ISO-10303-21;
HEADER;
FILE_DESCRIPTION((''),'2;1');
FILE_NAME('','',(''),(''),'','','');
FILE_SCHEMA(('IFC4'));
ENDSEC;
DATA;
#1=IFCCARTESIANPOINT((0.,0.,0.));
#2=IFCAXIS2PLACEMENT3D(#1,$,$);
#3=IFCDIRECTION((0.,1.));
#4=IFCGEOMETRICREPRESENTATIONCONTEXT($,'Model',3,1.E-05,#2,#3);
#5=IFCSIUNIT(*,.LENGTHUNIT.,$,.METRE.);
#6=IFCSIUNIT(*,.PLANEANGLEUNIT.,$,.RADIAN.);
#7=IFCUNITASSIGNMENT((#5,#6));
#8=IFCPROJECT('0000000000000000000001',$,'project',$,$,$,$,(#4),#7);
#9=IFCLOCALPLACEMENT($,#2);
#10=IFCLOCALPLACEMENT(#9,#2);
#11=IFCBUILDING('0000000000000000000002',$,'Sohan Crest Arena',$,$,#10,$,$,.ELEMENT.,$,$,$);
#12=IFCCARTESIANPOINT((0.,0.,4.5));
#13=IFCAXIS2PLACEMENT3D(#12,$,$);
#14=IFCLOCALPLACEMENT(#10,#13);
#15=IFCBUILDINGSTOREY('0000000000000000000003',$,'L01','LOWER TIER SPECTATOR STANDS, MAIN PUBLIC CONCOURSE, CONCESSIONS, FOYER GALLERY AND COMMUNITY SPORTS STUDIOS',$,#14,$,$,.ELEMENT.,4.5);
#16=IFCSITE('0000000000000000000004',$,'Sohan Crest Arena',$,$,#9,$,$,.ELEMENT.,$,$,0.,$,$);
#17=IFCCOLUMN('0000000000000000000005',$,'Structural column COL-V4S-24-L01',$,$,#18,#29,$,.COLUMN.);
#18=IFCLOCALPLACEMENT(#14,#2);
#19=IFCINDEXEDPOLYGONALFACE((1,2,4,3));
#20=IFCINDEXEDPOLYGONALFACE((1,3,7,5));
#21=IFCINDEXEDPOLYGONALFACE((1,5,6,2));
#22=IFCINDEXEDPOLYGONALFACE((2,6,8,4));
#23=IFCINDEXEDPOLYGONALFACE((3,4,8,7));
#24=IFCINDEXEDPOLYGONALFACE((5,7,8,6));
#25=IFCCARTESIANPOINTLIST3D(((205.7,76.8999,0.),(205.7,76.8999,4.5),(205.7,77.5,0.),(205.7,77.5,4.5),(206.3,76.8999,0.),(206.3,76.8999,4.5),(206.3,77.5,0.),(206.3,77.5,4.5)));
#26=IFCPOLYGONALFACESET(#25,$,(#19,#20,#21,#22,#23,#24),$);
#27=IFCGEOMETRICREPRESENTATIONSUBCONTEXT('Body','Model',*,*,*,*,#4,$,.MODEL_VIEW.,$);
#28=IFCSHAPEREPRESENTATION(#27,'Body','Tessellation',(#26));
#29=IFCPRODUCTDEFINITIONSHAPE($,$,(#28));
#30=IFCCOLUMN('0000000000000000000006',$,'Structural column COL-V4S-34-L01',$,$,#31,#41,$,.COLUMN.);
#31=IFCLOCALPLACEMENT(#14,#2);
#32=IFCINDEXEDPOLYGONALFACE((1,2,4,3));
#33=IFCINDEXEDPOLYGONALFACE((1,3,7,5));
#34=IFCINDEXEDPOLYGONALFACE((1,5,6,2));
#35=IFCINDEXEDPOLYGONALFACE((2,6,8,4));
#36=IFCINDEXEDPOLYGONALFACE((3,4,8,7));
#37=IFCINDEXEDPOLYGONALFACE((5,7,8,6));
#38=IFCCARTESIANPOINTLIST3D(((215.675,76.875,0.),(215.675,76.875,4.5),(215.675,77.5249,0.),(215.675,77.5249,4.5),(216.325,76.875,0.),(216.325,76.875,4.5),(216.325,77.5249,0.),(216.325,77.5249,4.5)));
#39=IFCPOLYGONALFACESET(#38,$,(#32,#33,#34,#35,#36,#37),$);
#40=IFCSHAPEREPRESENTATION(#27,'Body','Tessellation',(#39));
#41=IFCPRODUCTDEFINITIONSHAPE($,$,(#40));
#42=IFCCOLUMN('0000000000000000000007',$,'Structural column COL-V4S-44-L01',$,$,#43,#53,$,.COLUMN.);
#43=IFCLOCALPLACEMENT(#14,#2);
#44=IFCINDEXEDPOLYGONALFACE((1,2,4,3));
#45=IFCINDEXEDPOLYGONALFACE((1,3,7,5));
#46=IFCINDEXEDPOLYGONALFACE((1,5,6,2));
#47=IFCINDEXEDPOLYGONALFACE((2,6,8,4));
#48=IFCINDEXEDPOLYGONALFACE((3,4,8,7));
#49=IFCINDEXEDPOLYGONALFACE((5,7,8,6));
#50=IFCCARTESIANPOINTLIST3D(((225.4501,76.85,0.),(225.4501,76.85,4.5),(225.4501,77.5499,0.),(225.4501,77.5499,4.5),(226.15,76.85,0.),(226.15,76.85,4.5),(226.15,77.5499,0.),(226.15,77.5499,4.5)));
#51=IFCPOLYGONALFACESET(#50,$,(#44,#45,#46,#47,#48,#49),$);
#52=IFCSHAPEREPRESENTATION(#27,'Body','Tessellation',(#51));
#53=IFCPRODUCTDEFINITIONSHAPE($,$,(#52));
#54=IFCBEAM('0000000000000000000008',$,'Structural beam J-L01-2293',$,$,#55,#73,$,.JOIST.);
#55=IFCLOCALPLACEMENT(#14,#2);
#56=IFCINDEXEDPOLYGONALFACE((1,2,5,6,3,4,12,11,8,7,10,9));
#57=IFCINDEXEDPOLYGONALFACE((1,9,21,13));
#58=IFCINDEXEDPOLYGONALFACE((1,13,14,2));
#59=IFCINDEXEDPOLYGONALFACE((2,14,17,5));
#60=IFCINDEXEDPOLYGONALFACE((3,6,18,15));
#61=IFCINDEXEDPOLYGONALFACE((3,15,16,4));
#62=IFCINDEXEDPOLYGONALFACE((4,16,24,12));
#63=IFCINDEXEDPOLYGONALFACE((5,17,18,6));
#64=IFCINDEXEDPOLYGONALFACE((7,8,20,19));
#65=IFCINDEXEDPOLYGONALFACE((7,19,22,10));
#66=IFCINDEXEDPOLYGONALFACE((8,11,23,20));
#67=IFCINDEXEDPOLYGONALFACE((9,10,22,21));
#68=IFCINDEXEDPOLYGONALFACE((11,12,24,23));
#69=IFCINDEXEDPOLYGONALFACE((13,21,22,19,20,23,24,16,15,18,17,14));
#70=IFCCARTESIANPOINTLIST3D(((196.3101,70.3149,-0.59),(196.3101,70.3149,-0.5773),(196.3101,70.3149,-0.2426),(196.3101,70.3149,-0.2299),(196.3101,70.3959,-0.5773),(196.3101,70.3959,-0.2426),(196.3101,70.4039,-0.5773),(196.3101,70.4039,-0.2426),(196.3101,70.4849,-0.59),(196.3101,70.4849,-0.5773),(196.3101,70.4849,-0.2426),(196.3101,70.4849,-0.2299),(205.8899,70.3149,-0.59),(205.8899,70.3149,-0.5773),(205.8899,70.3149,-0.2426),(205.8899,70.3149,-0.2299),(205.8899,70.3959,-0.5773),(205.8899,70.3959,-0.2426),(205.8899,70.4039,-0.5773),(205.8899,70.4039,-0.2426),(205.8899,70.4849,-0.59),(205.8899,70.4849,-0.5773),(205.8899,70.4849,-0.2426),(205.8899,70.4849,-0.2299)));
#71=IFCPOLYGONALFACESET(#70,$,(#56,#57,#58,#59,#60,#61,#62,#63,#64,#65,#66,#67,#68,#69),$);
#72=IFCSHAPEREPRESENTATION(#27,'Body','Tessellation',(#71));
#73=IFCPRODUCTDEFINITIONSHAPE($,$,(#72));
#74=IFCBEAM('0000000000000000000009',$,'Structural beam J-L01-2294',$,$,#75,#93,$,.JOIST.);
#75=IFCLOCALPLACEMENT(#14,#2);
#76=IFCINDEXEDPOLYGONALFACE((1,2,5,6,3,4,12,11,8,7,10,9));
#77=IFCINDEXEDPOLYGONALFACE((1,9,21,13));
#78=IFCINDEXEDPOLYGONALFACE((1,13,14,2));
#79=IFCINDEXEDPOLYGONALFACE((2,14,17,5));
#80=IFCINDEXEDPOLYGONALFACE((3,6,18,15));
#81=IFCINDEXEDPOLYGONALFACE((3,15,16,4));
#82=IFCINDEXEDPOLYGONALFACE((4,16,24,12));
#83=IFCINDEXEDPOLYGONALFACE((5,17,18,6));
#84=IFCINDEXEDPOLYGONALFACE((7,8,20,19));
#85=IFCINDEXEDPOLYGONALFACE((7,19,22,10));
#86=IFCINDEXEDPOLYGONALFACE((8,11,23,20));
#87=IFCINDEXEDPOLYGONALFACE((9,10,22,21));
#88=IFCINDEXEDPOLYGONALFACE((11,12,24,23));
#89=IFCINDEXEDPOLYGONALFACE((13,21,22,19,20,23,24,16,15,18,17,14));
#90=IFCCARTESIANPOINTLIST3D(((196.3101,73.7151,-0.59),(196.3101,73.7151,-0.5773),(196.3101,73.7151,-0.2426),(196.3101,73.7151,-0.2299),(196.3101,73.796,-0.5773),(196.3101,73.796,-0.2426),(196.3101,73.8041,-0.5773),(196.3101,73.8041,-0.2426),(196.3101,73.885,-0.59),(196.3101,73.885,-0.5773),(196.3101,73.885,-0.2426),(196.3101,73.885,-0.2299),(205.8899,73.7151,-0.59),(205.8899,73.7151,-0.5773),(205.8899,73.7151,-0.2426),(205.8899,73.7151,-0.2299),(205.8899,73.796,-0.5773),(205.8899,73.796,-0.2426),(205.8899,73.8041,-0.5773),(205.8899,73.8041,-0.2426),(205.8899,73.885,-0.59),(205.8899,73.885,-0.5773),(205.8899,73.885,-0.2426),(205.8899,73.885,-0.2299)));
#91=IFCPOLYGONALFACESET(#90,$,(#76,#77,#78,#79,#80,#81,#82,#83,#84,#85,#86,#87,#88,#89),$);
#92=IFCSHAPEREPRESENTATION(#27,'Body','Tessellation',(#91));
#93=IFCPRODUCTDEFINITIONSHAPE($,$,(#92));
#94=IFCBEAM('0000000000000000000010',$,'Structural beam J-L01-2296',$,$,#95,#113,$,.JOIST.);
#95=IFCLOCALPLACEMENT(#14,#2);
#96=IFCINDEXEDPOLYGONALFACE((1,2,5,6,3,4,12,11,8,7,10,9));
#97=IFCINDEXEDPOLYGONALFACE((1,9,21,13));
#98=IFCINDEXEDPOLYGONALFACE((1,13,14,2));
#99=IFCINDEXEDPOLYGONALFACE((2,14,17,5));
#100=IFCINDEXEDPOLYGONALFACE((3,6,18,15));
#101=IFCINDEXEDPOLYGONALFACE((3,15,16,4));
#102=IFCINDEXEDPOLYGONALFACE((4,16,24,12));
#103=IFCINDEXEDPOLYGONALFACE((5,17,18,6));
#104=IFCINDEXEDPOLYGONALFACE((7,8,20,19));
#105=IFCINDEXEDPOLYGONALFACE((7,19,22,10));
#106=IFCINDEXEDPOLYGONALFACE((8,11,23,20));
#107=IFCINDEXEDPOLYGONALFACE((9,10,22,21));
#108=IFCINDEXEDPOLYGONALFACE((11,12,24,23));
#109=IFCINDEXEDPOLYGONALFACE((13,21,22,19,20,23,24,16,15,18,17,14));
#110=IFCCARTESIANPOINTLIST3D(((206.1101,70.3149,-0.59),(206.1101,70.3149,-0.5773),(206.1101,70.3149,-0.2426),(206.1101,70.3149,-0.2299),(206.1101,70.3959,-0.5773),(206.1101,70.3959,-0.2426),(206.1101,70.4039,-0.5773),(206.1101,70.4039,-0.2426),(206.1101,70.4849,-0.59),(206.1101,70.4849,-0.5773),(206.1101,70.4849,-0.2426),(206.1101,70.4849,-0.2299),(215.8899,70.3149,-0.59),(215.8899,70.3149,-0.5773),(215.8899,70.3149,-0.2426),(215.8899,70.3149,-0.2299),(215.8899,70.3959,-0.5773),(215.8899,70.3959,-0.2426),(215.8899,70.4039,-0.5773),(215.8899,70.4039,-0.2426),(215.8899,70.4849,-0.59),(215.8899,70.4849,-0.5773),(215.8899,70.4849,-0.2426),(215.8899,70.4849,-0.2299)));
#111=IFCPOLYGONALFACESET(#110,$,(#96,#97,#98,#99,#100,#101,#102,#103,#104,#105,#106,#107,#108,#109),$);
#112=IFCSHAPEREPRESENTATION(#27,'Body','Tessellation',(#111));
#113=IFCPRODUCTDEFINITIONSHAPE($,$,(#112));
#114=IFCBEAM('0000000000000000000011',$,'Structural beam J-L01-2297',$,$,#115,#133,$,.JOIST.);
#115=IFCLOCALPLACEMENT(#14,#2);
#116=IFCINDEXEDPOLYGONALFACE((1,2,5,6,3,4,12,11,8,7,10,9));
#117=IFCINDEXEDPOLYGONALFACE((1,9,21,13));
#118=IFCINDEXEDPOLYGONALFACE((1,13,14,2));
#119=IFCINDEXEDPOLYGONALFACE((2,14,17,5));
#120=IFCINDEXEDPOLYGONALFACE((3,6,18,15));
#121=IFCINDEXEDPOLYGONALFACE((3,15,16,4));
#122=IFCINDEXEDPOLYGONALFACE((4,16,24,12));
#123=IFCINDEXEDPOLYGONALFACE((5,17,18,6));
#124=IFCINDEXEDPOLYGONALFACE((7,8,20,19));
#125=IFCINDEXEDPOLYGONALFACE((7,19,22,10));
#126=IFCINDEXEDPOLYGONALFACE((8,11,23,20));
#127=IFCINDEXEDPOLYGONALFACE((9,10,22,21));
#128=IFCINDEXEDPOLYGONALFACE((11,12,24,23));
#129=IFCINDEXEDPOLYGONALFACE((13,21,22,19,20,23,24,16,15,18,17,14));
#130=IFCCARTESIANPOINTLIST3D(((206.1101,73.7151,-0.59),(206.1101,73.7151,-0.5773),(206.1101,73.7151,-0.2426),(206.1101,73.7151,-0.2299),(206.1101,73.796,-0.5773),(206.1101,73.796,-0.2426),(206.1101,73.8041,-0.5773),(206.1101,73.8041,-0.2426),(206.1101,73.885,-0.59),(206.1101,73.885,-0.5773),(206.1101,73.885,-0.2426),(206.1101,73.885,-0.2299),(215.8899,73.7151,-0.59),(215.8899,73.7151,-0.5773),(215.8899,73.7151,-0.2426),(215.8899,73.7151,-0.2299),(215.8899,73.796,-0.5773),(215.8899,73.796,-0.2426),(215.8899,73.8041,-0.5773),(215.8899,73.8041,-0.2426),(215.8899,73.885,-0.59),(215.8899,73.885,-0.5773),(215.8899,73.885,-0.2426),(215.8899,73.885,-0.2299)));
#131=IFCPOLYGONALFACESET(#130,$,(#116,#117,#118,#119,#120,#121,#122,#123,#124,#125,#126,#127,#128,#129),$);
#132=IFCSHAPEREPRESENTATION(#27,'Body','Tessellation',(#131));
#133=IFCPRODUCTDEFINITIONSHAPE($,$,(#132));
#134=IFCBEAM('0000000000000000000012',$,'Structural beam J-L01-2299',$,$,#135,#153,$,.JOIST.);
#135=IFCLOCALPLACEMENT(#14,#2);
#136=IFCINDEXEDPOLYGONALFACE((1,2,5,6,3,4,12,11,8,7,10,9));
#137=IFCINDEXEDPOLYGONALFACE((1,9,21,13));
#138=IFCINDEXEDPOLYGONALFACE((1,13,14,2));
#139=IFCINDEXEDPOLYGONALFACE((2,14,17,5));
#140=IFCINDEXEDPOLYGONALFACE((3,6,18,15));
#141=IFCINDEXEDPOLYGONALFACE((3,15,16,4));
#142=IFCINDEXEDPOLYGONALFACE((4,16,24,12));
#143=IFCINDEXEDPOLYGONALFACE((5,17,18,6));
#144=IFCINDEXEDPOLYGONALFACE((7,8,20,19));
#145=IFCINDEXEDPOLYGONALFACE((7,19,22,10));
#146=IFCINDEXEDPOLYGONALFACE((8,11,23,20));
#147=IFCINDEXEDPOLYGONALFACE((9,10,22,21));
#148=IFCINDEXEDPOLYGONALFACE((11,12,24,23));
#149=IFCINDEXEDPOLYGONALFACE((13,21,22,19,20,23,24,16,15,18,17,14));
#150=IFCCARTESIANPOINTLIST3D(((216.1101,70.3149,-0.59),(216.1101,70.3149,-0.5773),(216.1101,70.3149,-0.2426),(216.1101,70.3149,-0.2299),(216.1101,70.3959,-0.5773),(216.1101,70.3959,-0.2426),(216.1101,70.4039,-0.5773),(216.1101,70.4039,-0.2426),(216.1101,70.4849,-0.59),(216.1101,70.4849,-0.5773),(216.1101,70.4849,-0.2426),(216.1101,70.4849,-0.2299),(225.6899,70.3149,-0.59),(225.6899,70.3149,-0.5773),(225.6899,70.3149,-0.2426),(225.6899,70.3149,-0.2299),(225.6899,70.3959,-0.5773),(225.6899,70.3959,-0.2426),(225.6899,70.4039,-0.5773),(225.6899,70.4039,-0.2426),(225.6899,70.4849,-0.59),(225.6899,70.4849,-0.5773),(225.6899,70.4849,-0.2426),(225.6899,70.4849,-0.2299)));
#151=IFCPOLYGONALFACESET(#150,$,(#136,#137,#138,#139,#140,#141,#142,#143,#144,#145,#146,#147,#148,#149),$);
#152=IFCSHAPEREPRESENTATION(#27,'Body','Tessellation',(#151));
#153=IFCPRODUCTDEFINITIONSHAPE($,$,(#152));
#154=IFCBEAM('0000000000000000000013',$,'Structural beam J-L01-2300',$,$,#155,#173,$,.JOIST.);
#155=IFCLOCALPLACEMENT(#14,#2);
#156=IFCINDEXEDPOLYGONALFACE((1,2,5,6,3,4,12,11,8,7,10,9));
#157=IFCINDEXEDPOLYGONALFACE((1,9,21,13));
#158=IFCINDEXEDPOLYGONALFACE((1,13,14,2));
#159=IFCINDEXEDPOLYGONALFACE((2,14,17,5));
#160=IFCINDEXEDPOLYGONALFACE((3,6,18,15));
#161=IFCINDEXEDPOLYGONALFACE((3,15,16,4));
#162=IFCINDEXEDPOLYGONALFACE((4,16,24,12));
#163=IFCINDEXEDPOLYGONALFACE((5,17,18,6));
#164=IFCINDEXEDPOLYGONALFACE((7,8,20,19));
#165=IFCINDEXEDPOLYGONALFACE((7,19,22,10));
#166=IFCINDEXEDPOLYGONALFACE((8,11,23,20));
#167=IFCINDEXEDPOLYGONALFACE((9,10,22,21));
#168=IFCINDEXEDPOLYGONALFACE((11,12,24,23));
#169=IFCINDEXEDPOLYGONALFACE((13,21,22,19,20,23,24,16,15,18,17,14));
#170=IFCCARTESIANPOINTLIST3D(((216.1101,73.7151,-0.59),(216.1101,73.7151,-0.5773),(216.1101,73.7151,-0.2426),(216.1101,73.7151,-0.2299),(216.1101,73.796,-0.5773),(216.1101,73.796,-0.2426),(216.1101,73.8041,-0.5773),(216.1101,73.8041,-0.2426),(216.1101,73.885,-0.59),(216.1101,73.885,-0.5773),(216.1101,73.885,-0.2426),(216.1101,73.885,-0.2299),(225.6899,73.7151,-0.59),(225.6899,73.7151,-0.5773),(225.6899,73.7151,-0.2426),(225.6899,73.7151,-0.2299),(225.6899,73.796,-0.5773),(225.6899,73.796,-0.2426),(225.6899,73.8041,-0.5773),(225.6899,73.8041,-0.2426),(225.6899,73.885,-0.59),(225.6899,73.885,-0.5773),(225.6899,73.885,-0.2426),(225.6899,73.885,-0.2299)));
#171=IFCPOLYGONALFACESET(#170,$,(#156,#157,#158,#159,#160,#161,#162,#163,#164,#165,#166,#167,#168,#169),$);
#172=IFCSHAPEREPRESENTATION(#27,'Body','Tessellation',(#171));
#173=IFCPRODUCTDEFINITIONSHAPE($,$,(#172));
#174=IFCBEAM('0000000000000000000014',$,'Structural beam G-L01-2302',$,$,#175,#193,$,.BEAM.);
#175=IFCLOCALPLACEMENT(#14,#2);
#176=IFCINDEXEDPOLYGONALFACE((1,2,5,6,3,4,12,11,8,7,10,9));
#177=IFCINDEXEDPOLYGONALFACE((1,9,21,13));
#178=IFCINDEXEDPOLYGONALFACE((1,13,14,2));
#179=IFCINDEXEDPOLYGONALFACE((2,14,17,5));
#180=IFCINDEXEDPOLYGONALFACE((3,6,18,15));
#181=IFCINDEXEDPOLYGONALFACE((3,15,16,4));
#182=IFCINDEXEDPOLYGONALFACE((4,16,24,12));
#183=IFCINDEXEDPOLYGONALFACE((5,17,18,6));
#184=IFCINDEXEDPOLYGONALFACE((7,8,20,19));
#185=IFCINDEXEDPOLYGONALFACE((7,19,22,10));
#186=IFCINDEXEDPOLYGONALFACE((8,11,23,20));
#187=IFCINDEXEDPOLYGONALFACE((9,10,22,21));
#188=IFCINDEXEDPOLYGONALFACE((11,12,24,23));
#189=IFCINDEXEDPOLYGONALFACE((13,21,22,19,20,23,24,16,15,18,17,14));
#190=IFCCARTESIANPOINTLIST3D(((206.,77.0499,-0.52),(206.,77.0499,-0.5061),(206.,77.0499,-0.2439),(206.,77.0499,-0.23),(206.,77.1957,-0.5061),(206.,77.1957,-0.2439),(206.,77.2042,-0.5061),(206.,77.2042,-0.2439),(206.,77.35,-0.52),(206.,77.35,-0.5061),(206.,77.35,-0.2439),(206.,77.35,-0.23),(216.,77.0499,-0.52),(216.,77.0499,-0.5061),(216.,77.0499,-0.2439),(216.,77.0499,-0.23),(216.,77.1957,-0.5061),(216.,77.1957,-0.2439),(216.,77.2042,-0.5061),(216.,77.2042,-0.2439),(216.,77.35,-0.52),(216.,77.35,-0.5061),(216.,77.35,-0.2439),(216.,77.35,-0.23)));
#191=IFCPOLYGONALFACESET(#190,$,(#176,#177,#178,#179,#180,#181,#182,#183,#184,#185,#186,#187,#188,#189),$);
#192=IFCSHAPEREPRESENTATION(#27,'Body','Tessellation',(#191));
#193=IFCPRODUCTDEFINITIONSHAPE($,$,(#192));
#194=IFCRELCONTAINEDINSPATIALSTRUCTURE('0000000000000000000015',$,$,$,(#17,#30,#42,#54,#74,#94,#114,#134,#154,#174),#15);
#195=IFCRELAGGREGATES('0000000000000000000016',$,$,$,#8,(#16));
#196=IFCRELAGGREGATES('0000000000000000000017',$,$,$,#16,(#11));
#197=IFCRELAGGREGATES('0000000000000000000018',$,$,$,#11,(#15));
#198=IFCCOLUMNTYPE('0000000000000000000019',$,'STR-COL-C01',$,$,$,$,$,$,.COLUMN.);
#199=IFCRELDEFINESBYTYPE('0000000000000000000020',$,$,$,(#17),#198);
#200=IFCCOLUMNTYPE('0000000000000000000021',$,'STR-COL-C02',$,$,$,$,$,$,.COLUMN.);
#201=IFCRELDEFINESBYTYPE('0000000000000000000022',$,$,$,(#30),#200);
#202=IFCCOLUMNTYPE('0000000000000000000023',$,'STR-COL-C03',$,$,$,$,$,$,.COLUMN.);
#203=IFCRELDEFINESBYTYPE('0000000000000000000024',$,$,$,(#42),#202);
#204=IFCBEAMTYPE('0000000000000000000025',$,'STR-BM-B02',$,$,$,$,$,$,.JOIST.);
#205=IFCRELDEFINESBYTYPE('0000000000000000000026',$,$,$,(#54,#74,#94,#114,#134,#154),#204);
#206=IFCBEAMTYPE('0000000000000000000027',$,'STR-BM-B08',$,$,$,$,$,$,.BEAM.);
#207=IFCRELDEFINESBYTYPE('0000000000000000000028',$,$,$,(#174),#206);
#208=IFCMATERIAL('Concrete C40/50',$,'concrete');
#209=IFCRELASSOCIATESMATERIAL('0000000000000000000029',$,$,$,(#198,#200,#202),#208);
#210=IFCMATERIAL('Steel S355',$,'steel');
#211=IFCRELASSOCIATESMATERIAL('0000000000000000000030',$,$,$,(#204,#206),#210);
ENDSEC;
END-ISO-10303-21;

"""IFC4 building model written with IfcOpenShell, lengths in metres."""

from ifc_helpers import new_model, si_unit, direction, frame, origin, origin_2d, place, context, subcontext, project, spatial, rectangle, i_section, extrude, material, material_profile, profile_set, type_object, element, save


model = new_model("IFC4")

# Units and contexts
model_context = context("Model", 3, precision=1e-05, world=origin(), true_north=direction((0.0, 1.0)))
body_context = subcontext(model_context, "Body", "Model", "MODEL_VIEW")
ifc_project = project(units=[si_unit("LENGTHUNIT", "METRE"), si_unit("PLANEANGLEUNIT", "RADIAN")], contexts=[model_context])

# Site, building, storey
site_placement = place(None, origin())
site = spatial("IfcSite", under=ifc_project, at=site_placement, Name="Sohan Crest Arena", CompositionType="ELEMENT", RefElevation=0.0)
building_placement = place(site_placement, origin())
building = spatial("IfcBuilding", under=site, at=building_placement, Name="Sohan Crest Arena", CompositionType="ELEMENT")
storey_placement = place(building_placement, frame((0.0, 0.0, 4.5)))
storey = spatial("IfcBuildingStorey", under=building, at=storey_placement, Name="L01", Description="LOWER TIER SPECTATOR STANDS, MAIN PUBLIC CONCOURSE, CONCESSIONS, FOYER GALLERY AND COMMUNITY SPORTS STUDIOS", CompositionType="ELEMENT", Elevation=4.5)

# Columns
ifc_material_1 = material(Name="Concrete C40/50", Category="concrete")
ifc_material_profile_1 = material_profile(ifc_material_1, rectangle(XDim=0.6001, YDim=0.6001, at=origin_2d()), Name="RC 600x600")
ifc_profile_set_1 = profile_set([ifc_material_profile_1], Name="Concrete C40/50")
column_type_1 = type_object("IfcColumnType", Name="STR-COL-C01", PredefinedType="COLUMN", material=ifc_profile_set_1)
column_1_placement = place(storey_placement, frame((206.0, 77.2, 0.0), z_axis=(0.0, 0.0, 1.0), x_axis=(1.0, 0.0, 0.0)))
element("IfcColumn", 1, at=column_1_placement, inside=storey, type_object=column_type_1, Name="Structural column COL-V4S-24-L01", PredefinedType="COLUMN", context=body_context, shape_type="SweptSolid", body=[
    extrude(rectangle(XDim=0.6001, YDim=0.6001, at=origin_2d()), origin(), (0.0, 0.0, 1.0), 4.5),
])
ifc_material_profile_2 = material_profile(ifc_material_1, rectangle(XDim=0.6499, YDim=0.6499, at=origin_2d()), Name="RC 650x650")
ifc_profile_set_2 = profile_set([ifc_material_profile_2], Name="Concrete C40/50")
column_type_2 = type_object("IfcColumnType", Name="STR-COL-C02", PredefinedType="COLUMN", material=ifc_profile_set_2)
column_2_placement = place(storey_placement, frame((216.0, 77.2, 0.0), z_axis=(0.0, 0.0, 1.0), x_axis=(1.0, 0.0, 0.0)))
element("IfcColumn", 2, at=column_2_placement, inside=storey, type_object=column_type_2, Name="Structural column COL-V4S-34-L01", PredefinedType="COLUMN", context=body_context, shape_type="SweptSolid", body=[
    extrude(rectangle(XDim=0.6499, YDim=0.6499, at=origin_2d()), origin(), (0.0, 0.0, 1.0), 4.5),
])
ifc_material_profile_3 = material_profile(ifc_material_1, rectangle(XDim=0.7, YDim=0.7, at=origin_2d()), Name="RC 700x700")
ifc_profile_set_3 = profile_set([ifc_material_profile_3], Name="Concrete C40/50")
column_type_3 = type_object("IfcColumnType", Name="STR-COL-C03", PredefinedType="COLUMN", material=ifc_profile_set_3)
column_3_placement = place(storey_placement, frame((225.8, 77.2, 0.0), z_axis=(0.0, 0.0, 1.0), x_axis=(1.0, 0.0, 0.0)))
element("IfcColumn", 3, at=column_3_placement, inside=storey, type_object=column_type_3, Name="Structural column COL-V4S-44-L01", PredefinedType="COLUMN", context=body_context, shape_type="SweptSolid", body=[
    extrude(rectangle(XDim=0.7, YDim=0.7, at=origin_2d()), origin(), (0.0, 0.0, 1.0), 4.5),
])

# Beams
ifc_material_2 = material(Name="Steel S355", Category="steel")
ifc_material_profile_4 = material_profile(ifc_material_2, i_section(OverallWidth=0.1699, OverallDepth=0.3601, WebThickness=0.0081, FlangeThickness=0.0127, at=origin_2d()), Name="IPE 360")
ifc_profile_set_4 = profile_set([ifc_material_profile_4], Name="Steel S355")
beam_type_1 = type_object("IfcBeamType", Name="STR-BM-B02", PredefinedType="JOIST", material=ifc_profile_set_4)
for number, where, z_axis, x_axis, name in (
    (4, (196.3101, 70.3999, -0.4099), (1.0, 0.0, 0.0), (0.0, 1.0, 0.0), "Structural beam J-L01-2293"),
    (5, (196.3101, 73.8, -0.4099), (1.0, 0.0, 0.0), (0.0, 1.0, 0.0), "Structural beam J-L01-2294"),
):
    element("IfcBeam", number, at=place(storey_placement, frame(where, z_axis=z_axis, x_axis=x_axis)), inside=storey, type_object=beam_type_1, Name=name, PredefinedType="JOIST", context=body_context, shape_type="SweptSolid", body=[
        extrude(i_section(OverallWidth=0.1699, OverallDepth=0.3601, WebThickness=0.0081, FlangeThickness=0.0127, at=origin_2d()), origin(), (0.0, 0.0, 1.0), 9.5798),
    ])
for number, where, z_axis, x_axis, name in (
    (6, (206.1101, 70.3999, -0.4099), (1.0, 0.0, 0.0), (0.0, 1.0, 0.0), "Structural beam J-L01-2296"),
    (7, (206.1101, 73.8, -0.4099), (1.0, 0.0, 0.0), (0.0, 1.0, 0.0), "Structural beam J-L01-2297"),
):
    element("IfcBeam", number, at=place(storey_placement, frame(where, z_axis=z_axis, x_axis=x_axis)), inside=storey, type_object=beam_type_1, Name=name, PredefinedType="JOIST", context=body_context, shape_type="SweptSolid", body=[
        extrude(i_section(OverallWidth=0.1699, OverallDepth=0.3601, WebThickness=0.0081, FlangeThickness=0.0127, at=origin_2d()), origin(), (0.0, 0.0, 1.0), 9.7798),
    ])
for number, where, z_axis, x_axis, name in (
    (8, (216.1101, 70.3999, -0.4099), (1.0, 0.0, 0.0), (0.0, 1.0, 0.0), "Structural beam J-L01-2299"),
    (9, (216.1101, 73.8, -0.4099), (1.0, 0.0, 0.0), (0.0, 1.0, 0.0), "Structural beam J-L01-2300"),
):
    element("IfcBeam", number, at=place(storey_placement, frame(where, z_axis=z_axis, x_axis=x_axis)), inside=storey, type_object=beam_type_1, Name=name, PredefinedType="JOIST", context=body_context, shape_type="SweptSolid", body=[
        extrude(i_section(OverallWidth=0.1699, OverallDepth=0.3601, WebThickness=0.0081, FlangeThickness=0.0127, at=origin_2d()), origin(), (0.0, 0.0, 1.0), 9.5798),
    ])
ifc_material_profile_5 = material_profile(ifc_material_2, i_section(OverallWidth=0.3, OverallDepth=0.29, WebThickness=0.0085, FlangeThickness=0.0139, at=origin_2d()), Name="HEA 300")
ifc_profile_set_5 = profile_set([ifc_material_profile_5], Name="Steel S355")
beam_type_2 = type_object("IfcBeamType", Name="STR-BM-B08", PredefinedType="BEAM", material=ifc_profile_set_5)
beam_1_placement = place(storey_placement, frame((206.0, 77.2, -0.375), z_axis=(1.0, 0.0, 0.0), x_axis=(0.0, 1.0, 0.0)))
element("IfcBeam", 10, at=beam_1_placement, inside=storey, type_object=beam_type_2, Name="Structural beam G-L01-2302", PredefinedType="BEAM", context=body_context, shape_type="SweptSolid", body=[
    extrude(i_section(OverallWidth=0.3, OverallDepth=0.29, WebThickness=0.0085, FlangeThickness=0.0139, at=origin_2d()), origin(), (0.0, 0.0, 1.0), 10.0),
])

save(model, "model.ifc")
